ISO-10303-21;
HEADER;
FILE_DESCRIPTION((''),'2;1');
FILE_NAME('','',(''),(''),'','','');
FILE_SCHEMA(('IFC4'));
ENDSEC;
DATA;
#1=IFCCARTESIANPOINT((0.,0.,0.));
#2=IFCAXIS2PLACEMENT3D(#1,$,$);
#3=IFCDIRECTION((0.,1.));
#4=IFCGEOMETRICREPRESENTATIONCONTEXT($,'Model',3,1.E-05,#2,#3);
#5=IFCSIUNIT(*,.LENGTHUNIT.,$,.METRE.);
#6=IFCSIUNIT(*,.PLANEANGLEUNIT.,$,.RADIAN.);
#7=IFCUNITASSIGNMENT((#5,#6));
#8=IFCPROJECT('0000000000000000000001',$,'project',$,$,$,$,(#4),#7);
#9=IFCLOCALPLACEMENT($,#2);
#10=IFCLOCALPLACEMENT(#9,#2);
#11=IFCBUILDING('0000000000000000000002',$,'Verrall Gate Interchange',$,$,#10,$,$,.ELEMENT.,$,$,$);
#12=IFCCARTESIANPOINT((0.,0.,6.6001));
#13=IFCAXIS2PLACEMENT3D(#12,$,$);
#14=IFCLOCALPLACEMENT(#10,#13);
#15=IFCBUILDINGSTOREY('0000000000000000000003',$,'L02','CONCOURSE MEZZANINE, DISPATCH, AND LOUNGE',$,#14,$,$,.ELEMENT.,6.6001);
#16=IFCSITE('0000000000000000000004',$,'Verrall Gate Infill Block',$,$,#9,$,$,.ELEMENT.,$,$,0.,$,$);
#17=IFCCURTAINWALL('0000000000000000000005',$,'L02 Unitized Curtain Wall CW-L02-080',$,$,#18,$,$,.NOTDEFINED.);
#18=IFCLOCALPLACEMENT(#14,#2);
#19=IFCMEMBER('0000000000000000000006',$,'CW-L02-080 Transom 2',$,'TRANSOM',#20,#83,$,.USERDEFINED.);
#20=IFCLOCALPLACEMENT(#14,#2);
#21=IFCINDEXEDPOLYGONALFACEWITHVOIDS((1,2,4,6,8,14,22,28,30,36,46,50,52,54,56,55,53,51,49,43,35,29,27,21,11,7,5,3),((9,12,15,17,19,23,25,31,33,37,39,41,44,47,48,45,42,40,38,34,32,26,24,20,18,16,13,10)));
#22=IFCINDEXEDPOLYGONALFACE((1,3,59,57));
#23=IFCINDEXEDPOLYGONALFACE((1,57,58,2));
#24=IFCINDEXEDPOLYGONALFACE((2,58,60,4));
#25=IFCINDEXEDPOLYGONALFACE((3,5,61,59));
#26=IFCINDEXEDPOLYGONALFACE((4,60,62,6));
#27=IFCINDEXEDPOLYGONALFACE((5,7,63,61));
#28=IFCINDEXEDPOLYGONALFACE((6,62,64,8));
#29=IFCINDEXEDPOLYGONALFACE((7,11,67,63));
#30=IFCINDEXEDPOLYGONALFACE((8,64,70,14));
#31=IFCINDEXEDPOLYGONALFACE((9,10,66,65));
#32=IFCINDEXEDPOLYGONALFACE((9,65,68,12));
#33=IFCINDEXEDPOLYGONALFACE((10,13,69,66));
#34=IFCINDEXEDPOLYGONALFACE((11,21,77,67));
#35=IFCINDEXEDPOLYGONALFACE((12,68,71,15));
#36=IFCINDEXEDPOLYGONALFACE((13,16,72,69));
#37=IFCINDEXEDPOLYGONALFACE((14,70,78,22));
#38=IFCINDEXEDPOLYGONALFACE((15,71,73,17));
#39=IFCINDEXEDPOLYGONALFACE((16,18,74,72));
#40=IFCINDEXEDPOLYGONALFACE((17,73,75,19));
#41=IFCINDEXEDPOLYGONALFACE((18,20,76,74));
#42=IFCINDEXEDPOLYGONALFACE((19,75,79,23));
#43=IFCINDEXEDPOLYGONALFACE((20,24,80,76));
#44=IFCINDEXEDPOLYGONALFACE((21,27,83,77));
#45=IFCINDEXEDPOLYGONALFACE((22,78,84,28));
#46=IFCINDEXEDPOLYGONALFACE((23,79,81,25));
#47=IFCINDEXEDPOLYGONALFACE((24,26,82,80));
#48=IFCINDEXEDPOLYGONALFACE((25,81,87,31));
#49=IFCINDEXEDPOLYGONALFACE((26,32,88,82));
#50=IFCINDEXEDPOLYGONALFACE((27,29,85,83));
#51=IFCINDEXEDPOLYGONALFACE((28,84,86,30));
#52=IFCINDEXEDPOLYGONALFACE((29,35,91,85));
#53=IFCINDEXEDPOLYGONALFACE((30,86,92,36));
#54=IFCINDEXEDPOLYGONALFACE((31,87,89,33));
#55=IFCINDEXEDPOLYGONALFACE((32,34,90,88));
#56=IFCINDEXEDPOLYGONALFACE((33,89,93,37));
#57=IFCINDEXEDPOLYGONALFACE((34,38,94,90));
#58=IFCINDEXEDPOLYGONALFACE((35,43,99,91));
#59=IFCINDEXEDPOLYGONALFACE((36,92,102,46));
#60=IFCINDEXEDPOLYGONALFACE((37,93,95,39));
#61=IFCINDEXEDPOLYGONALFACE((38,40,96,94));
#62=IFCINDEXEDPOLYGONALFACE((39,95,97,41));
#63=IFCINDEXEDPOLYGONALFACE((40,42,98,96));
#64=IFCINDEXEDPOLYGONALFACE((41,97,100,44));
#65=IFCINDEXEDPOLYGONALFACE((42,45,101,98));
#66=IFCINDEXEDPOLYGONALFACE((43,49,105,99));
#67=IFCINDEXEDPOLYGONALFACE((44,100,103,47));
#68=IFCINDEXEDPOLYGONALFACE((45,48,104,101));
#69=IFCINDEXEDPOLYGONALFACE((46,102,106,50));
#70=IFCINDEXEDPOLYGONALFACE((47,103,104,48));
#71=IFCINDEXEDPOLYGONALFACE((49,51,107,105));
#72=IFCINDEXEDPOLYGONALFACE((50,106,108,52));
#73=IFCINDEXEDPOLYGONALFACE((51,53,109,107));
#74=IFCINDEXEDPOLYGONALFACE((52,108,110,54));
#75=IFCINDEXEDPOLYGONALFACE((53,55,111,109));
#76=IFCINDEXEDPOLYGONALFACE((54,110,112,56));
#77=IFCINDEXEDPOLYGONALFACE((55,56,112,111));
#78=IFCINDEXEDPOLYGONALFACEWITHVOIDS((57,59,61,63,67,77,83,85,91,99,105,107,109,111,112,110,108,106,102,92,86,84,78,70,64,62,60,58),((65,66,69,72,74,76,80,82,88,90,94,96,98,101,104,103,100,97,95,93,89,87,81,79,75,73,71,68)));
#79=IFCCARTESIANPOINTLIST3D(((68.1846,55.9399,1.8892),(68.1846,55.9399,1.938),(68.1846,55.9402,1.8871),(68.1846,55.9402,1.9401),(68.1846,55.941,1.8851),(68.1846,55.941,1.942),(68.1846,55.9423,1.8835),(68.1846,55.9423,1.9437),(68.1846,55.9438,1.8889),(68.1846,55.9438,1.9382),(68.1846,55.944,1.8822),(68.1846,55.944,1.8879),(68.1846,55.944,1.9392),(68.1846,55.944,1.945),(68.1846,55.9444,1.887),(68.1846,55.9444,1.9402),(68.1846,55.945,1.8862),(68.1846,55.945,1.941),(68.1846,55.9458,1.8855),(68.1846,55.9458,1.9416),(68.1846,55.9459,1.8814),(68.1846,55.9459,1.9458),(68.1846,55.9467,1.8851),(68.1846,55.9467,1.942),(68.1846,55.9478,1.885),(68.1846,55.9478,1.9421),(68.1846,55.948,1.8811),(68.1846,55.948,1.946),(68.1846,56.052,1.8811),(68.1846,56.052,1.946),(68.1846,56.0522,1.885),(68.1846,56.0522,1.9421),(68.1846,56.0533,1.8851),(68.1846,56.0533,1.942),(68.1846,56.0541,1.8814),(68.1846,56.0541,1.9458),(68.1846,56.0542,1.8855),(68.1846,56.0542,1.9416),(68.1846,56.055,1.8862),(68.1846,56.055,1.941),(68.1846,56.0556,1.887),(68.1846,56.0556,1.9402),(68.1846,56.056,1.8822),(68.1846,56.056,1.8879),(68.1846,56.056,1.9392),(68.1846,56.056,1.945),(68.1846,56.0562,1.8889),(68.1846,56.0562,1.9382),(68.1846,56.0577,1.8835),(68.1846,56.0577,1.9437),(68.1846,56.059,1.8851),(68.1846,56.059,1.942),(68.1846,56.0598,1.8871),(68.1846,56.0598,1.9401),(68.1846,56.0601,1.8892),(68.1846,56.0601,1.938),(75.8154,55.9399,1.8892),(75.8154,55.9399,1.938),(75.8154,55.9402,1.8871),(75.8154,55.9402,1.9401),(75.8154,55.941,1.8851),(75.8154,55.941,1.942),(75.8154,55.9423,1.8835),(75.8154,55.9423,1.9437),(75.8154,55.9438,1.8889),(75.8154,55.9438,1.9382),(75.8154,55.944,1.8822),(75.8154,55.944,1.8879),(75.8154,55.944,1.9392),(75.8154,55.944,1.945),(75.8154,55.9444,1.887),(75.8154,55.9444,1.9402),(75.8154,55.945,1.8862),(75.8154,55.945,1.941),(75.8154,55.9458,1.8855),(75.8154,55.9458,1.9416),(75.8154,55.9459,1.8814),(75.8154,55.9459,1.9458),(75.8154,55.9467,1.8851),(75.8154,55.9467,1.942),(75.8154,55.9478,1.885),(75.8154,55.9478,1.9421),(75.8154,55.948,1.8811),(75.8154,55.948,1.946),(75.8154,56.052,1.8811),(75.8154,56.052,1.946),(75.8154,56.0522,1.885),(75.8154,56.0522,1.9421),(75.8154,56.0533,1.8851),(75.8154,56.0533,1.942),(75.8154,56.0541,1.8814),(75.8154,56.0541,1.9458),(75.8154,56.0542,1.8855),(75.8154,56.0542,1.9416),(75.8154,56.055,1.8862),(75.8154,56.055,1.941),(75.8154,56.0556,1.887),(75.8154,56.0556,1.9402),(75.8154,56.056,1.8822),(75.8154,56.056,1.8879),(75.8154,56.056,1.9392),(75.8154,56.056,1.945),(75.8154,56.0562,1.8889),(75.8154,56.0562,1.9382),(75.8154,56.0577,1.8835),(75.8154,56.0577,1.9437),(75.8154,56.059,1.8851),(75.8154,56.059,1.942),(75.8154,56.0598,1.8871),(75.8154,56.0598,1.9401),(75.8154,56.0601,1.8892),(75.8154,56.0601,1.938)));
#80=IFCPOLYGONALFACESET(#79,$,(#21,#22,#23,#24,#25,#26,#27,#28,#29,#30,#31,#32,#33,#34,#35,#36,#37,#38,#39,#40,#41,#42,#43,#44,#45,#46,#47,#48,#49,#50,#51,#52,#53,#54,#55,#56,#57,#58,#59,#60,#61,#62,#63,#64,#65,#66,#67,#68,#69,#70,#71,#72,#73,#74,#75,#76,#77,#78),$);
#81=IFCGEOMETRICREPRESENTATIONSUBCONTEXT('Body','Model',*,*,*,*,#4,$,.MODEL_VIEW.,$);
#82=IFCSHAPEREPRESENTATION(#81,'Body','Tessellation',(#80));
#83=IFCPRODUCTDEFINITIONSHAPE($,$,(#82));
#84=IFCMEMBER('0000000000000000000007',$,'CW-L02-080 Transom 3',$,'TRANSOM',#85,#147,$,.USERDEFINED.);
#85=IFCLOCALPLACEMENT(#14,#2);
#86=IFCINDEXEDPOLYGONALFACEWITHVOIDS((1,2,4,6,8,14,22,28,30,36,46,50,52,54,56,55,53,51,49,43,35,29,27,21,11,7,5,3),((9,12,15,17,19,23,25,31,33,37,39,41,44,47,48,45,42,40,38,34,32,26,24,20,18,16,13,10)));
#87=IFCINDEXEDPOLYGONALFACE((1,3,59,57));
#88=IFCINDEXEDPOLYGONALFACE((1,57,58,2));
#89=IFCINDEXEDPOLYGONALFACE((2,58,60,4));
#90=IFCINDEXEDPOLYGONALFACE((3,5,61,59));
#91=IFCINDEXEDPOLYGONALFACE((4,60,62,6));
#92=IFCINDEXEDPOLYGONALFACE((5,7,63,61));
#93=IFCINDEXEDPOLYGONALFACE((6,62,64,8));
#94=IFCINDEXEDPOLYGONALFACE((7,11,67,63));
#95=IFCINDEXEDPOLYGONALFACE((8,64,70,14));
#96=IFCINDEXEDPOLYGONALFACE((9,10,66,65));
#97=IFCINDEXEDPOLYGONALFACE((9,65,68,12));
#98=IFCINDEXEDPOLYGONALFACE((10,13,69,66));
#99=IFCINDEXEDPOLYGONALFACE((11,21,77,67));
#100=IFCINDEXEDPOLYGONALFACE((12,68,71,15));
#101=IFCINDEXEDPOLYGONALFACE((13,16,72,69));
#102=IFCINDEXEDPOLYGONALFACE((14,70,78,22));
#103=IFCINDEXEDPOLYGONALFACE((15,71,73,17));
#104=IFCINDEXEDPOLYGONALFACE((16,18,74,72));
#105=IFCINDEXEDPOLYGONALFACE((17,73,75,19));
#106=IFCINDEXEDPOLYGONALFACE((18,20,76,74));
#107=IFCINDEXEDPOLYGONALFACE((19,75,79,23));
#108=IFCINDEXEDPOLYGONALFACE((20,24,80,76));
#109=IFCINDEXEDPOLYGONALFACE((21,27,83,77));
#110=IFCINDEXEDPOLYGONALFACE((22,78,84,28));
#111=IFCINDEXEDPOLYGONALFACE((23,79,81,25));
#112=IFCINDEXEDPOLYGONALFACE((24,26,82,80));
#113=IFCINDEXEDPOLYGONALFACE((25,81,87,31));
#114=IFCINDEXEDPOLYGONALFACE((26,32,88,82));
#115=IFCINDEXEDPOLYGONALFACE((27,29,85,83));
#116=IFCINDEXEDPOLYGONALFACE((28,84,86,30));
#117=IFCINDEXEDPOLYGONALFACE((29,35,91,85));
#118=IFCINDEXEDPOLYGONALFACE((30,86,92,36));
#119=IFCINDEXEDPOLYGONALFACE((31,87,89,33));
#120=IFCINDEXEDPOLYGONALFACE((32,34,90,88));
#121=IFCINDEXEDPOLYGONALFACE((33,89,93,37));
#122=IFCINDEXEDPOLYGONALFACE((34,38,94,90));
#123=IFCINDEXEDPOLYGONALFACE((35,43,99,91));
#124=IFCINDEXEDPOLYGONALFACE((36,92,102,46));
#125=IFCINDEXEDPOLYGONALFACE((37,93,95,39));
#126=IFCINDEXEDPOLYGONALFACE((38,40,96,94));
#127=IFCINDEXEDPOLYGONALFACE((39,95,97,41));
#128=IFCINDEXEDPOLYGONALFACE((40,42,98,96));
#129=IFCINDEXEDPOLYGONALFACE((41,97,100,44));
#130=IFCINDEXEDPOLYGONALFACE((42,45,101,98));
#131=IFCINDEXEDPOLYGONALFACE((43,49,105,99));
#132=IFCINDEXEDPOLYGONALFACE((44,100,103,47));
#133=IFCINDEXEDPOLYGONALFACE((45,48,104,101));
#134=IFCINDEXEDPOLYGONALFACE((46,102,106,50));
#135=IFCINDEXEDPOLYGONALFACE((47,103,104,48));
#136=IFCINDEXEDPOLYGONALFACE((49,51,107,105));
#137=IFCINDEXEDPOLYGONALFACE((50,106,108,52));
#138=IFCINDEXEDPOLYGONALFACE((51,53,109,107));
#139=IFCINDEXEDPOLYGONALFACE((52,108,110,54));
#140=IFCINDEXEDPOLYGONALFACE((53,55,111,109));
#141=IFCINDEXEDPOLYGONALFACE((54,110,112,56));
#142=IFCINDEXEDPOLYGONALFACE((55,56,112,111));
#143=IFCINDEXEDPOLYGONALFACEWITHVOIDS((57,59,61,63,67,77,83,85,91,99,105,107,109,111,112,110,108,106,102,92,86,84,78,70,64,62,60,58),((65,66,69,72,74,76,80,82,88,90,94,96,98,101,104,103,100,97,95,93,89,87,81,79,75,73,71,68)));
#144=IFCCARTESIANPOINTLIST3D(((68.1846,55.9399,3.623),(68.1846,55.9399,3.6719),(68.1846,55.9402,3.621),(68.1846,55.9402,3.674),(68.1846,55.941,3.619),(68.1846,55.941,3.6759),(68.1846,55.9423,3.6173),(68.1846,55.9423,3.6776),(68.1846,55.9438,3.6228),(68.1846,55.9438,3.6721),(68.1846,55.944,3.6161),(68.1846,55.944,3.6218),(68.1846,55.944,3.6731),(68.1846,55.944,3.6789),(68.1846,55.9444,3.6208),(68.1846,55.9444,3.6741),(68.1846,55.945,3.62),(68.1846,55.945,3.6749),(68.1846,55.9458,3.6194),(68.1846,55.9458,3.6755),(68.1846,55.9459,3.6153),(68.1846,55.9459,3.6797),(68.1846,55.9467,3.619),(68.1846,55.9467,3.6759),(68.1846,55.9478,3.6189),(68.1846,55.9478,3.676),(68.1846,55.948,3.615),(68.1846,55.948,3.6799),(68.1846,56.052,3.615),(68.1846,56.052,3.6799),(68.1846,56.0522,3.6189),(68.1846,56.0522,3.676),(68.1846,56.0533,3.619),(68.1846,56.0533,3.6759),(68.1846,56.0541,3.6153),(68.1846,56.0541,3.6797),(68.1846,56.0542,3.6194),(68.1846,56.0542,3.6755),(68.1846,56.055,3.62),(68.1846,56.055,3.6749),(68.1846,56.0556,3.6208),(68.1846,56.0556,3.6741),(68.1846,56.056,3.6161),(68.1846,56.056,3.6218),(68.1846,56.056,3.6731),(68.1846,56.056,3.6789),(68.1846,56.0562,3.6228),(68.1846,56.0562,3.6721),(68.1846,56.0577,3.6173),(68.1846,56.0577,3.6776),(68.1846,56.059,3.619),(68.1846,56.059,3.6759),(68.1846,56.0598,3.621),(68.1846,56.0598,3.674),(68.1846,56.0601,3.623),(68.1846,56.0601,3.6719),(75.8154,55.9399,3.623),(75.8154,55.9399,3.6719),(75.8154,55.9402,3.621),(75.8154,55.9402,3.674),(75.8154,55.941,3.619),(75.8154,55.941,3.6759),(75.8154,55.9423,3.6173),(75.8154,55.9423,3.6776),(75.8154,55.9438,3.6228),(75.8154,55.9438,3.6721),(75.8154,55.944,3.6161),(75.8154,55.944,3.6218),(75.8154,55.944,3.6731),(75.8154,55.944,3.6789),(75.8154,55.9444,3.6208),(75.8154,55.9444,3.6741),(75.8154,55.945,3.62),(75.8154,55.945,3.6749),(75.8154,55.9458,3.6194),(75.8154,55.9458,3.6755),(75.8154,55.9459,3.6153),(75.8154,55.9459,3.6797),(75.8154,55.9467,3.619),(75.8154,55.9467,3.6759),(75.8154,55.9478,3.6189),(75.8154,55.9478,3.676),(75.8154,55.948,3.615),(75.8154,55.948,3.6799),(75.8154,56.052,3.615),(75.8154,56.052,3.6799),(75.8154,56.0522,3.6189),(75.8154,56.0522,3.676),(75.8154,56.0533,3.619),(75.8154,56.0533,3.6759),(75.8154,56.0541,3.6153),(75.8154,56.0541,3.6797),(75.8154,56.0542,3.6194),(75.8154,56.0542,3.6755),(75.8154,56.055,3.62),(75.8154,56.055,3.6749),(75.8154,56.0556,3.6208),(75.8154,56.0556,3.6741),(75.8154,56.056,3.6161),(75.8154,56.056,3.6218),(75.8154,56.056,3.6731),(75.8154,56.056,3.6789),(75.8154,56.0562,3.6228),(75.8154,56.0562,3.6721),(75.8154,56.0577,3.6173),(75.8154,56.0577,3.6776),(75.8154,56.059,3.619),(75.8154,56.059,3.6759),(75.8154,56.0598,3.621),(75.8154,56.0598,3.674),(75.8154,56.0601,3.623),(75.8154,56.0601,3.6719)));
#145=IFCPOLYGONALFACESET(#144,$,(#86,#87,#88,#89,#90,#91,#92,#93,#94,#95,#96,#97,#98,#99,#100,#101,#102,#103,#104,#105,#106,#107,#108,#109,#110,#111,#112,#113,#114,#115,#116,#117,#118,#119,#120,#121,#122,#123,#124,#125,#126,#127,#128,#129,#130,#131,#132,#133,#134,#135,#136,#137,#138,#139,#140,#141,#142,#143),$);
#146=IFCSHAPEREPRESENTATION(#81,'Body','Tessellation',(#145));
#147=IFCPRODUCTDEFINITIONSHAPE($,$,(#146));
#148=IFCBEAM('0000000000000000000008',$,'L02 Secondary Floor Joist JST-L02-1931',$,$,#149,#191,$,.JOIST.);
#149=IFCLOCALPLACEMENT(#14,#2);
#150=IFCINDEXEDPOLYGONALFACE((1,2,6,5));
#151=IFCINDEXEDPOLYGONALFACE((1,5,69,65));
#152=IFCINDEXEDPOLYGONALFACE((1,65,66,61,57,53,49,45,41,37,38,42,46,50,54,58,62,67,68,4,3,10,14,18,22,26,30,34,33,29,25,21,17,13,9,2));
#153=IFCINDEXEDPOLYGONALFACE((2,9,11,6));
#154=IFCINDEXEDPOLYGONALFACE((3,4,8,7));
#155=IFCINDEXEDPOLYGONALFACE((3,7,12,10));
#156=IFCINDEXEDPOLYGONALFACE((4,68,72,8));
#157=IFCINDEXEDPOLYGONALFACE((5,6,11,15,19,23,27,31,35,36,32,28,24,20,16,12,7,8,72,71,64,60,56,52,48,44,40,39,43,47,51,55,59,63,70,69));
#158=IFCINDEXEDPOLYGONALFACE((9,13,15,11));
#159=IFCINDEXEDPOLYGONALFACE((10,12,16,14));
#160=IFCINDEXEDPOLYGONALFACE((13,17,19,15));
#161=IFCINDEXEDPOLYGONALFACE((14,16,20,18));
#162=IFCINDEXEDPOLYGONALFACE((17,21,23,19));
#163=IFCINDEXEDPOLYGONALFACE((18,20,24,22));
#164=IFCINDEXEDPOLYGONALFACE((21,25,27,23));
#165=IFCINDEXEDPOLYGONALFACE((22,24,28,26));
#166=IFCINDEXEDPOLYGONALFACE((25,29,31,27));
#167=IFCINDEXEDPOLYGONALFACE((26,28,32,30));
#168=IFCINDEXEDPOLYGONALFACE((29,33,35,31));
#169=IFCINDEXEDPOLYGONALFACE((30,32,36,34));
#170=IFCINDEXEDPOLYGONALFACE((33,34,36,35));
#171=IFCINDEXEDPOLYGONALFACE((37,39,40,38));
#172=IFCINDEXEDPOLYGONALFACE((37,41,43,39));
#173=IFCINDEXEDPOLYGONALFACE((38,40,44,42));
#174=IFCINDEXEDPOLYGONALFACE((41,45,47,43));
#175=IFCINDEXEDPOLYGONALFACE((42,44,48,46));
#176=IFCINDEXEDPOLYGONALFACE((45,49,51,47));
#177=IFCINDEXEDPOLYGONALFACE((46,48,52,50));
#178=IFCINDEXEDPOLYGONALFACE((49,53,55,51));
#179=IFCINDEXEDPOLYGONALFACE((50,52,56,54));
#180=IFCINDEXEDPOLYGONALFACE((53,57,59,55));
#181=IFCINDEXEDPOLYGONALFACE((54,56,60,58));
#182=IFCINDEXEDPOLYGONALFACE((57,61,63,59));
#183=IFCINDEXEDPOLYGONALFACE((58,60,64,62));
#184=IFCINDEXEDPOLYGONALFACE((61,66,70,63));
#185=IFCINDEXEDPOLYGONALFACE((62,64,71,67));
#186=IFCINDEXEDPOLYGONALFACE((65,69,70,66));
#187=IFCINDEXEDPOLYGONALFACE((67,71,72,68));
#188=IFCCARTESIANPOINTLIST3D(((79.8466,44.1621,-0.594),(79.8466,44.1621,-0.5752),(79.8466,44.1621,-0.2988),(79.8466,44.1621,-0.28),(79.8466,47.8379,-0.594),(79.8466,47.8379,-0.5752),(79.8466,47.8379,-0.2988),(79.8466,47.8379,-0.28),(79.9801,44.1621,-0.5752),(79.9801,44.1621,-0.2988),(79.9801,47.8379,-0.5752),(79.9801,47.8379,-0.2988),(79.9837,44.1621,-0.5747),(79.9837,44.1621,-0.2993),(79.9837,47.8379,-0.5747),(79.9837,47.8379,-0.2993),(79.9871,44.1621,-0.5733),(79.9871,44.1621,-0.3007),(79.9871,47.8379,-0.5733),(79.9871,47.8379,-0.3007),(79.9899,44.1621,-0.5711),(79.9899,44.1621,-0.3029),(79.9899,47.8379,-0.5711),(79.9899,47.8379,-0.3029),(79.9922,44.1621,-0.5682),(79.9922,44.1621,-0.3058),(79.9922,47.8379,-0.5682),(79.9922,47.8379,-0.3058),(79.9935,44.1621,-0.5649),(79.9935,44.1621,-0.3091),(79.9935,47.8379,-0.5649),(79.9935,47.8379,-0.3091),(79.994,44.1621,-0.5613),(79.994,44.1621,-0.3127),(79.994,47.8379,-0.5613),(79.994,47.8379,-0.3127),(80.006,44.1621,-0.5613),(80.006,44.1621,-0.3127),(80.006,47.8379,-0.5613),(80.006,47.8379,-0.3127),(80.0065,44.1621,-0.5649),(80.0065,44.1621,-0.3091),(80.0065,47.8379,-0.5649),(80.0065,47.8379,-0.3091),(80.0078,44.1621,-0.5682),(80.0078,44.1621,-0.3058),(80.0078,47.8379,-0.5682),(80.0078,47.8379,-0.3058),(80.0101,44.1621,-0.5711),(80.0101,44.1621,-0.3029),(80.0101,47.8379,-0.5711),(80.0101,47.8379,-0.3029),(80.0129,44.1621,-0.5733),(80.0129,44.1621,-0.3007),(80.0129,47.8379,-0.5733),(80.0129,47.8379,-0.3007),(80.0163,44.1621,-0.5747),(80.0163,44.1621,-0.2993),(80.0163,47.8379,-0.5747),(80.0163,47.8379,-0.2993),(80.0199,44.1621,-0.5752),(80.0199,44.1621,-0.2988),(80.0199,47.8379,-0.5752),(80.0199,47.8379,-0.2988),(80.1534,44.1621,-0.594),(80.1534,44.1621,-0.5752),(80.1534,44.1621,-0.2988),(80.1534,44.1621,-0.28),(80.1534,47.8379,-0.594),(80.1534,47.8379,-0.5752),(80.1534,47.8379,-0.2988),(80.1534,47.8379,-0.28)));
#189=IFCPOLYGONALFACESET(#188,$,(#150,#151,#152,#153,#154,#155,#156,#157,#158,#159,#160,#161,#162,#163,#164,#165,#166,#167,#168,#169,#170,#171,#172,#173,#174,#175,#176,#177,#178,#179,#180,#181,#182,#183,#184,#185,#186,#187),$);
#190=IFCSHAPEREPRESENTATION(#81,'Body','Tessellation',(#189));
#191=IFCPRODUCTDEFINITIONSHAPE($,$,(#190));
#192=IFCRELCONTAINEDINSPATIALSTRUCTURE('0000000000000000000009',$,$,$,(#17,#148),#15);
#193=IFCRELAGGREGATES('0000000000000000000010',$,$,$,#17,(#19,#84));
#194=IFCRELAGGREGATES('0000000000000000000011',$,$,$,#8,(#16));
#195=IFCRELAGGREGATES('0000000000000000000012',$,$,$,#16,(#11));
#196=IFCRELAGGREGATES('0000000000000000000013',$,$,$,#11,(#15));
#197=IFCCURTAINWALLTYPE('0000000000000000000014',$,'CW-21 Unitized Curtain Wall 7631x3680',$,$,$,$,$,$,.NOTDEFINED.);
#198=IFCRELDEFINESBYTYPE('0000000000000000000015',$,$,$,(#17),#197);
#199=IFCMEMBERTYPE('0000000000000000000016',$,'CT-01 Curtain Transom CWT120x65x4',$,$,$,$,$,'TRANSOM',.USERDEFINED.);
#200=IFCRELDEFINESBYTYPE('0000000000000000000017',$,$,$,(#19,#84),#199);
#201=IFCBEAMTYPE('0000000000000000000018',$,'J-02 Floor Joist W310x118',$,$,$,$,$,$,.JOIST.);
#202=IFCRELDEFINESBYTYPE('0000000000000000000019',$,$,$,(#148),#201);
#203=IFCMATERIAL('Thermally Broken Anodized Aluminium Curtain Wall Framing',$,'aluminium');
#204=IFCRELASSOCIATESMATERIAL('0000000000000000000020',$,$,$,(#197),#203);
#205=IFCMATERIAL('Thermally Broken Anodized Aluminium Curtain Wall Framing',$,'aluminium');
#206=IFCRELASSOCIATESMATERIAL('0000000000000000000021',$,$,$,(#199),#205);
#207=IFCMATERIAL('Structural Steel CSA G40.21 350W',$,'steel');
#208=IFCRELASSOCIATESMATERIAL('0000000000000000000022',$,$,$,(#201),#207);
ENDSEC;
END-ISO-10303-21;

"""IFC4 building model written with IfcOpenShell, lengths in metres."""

from ifc_helpers import new_model, si_unit, direction, frame, origin, origin_2d, place, context, subcontext, project, spatial, hollow_rectangle, i_section, extrude, material, material_profile, profile_set, type_object, element, aggregate, save


model = new_model("IFC4")

# Units and contexts
model_context = context("Model", 3, precision=1e-05, world=origin(), true_north=direction((0.0, 1.0)))
body_context = subcontext(model_context, "Body", "Model", "MODEL_VIEW")
ifc_project = project(units=[si_unit("LENGTHUNIT", "METRE"), si_unit("PLANEANGLEUNIT", "RADIAN")], contexts=[model_context])

# Site, building, storey
site_placement = place(None, origin())
site = spatial("IfcSite", under=ifc_project, at=site_placement, Name="Verrall Gate Infill Block", CompositionType="ELEMENT", RefElevation=0.0)
building_placement = place(site_placement, origin())
building = spatial("IfcBuilding", under=site, at=building_placement, Name="Verrall Gate Interchange", CompositionType="ELEMENT")
storey_placement = place(building_placement, frame((0.0, 0.0, 6.6001)))
storey = spatial("IfcBuildingStorey", under=building, at=storey_placement, Name="L02", Description="CONCOURSE MEZZANINE, DISPATCH, AND LOUNGE", CompositionType="ELEMENT", Elevation=6.6001)

# Curtain wall, members
ifc_material_1 = material(Name="Thermally Broken Anodized Aluminium Curtain Wall Framing", Category="aluminium")
curtain_wall_type = type_object("IfcCurtainWallType", Name="CW-21 Unitized Curtain Wall 7631x3680", PredefinedType="NOTDEFINED", material=ifc_material_1)
curtain_wall_1_placement = place(storey_placement, origin())
curtain_wall_1 = element("IfcCurtainWall", 1, at=curtain_wall_1_placement, inside=storey, type_object=curtain_wall_type, Name="L02 Unitized Curtain Wall CW-L02-080", PredefinedType="NOTDEFINED")
ifc_material_2 = material(Name="Thermally Broken Anodized Aluminium Curtain Wall Framing", Category="aluminium")
ifc_material_profile_1 = material_profile(ifc_material_2, hollow_rectangle(XDim=0.1201, YDim=0.0649, WallThickness=0.0039, InnerFilletRadius=0.0039, OuterFilletRadius=0.0081, at=origin_2d()), Name="CWT120x65x4")
ifc_profile_set_1 = profile_set([ifc_material_profile_1], Name="Thermally Broken Anodized Aluminium Curtain Wall Framing")
member_type_1 = type_object("IfcMemberType", Name="CT-01 Curtain Transom CWT120x65x4", ElementType="TRANSOM", PredefinedType="USERDEFINED", material=ifc_profile_set_1)
member_1_placement = place(storey_placement, frame((75.8154, 56.0, 1.9136), z_axis=(-1.0, 0.0, 0.0), x_axis=(0.0, -1.0, 0.0)))
member_1 = element("IfcMember", 2, at=member_1_placement, type_object=member_type_1, Name="CW-L02-080 Transom 2", ObjectType="TRANSOM", PredefinedType="USERDEFINED", context=body_context, shape_type="SweptSolid", body=[
    extrude(hollow_rectangle(XDim=0.1201, YDim=0.0649, WallThickness=0.0039, InnerFilletRadius=0.0039, OuterFilletRadius=0.0081, at=origin_2d()), origin(), (0.0, 0.0, 1.0), 7.6309),
])
member_2_placement = place(storey_placement, frame((75.8154, 56.0, 3.6475), z_axis=(-1.0, 0.0, 0.0), x_axis=(0.0, -1.0, 0.0)))
member_2 = element("IfcMember", 3, at=member_2_placement, type_object=member_type_1, Name="CW-L02-080 Transom 3", ObjectType="TRANSOM", PredefinedType="USERDEFINED", context=body_context, shape_type="SweptSolid", body=[
    extrude(hollow_rectangle(XDim=0.1201, YDim=0.0649, WallThickness=0.0039, InnerFilletRadius=0.0039, OuterFilletRadius=0.0081, at=origin_2d()), origin(), (0.0, 0.0, 1.0), 7.6309),
])
aggregate(curtain_wall_1, [member_1, member_2])

# Beam
ifc_material_3 = material(Name="Structural Steel CSA G40.21 350W", Category="steel")
ifc_material_profile_2 = material_profile(ifc_material_3, i_section(OverallWidth=0.3069, OverallDepth=0.314, WebThickness=0.012, FlangeThickness=0.0188, FilletRadius=0.0139, at=origin_2d()), Name="W310x118")
ifc_profile_set_2 = profile_set([ifc_material_profile_2], Name="Structural Steel CSA G40.21 350W")
beam_type_1 = type_object("IfcBeamType", Name="J-02 Floor Joist W310x118", PredefinedType="JOIST", material=ifc_profile_set_2)
beam_1_placement = place(storey_placement, frame((80.0, 44.1621, -0.437), z_axis=(0.0, 1.0, 0.0), x_axis=(-1.0, 0.0, 0.0)))
element("IfcBeam", 4, at=beam_1_placement, inside=storey, type_object=beam_type_1, Name="L02 Secondary Floor Joist JST-L02-1931", PredefinedType="JOIST", context=body_context, shape_type="SweptSolid", body=[
    extrude(i_section(OverallWidth=0.3069, OverallDepth=0.314, WebThickness=0.012, FlangeThickness=0.0188, FilletRadius=0.0139, at=origin_2d()), origin(), (0.0, 0.0, 1.0), 3.6758),
])

save(model, "model.ifc")
